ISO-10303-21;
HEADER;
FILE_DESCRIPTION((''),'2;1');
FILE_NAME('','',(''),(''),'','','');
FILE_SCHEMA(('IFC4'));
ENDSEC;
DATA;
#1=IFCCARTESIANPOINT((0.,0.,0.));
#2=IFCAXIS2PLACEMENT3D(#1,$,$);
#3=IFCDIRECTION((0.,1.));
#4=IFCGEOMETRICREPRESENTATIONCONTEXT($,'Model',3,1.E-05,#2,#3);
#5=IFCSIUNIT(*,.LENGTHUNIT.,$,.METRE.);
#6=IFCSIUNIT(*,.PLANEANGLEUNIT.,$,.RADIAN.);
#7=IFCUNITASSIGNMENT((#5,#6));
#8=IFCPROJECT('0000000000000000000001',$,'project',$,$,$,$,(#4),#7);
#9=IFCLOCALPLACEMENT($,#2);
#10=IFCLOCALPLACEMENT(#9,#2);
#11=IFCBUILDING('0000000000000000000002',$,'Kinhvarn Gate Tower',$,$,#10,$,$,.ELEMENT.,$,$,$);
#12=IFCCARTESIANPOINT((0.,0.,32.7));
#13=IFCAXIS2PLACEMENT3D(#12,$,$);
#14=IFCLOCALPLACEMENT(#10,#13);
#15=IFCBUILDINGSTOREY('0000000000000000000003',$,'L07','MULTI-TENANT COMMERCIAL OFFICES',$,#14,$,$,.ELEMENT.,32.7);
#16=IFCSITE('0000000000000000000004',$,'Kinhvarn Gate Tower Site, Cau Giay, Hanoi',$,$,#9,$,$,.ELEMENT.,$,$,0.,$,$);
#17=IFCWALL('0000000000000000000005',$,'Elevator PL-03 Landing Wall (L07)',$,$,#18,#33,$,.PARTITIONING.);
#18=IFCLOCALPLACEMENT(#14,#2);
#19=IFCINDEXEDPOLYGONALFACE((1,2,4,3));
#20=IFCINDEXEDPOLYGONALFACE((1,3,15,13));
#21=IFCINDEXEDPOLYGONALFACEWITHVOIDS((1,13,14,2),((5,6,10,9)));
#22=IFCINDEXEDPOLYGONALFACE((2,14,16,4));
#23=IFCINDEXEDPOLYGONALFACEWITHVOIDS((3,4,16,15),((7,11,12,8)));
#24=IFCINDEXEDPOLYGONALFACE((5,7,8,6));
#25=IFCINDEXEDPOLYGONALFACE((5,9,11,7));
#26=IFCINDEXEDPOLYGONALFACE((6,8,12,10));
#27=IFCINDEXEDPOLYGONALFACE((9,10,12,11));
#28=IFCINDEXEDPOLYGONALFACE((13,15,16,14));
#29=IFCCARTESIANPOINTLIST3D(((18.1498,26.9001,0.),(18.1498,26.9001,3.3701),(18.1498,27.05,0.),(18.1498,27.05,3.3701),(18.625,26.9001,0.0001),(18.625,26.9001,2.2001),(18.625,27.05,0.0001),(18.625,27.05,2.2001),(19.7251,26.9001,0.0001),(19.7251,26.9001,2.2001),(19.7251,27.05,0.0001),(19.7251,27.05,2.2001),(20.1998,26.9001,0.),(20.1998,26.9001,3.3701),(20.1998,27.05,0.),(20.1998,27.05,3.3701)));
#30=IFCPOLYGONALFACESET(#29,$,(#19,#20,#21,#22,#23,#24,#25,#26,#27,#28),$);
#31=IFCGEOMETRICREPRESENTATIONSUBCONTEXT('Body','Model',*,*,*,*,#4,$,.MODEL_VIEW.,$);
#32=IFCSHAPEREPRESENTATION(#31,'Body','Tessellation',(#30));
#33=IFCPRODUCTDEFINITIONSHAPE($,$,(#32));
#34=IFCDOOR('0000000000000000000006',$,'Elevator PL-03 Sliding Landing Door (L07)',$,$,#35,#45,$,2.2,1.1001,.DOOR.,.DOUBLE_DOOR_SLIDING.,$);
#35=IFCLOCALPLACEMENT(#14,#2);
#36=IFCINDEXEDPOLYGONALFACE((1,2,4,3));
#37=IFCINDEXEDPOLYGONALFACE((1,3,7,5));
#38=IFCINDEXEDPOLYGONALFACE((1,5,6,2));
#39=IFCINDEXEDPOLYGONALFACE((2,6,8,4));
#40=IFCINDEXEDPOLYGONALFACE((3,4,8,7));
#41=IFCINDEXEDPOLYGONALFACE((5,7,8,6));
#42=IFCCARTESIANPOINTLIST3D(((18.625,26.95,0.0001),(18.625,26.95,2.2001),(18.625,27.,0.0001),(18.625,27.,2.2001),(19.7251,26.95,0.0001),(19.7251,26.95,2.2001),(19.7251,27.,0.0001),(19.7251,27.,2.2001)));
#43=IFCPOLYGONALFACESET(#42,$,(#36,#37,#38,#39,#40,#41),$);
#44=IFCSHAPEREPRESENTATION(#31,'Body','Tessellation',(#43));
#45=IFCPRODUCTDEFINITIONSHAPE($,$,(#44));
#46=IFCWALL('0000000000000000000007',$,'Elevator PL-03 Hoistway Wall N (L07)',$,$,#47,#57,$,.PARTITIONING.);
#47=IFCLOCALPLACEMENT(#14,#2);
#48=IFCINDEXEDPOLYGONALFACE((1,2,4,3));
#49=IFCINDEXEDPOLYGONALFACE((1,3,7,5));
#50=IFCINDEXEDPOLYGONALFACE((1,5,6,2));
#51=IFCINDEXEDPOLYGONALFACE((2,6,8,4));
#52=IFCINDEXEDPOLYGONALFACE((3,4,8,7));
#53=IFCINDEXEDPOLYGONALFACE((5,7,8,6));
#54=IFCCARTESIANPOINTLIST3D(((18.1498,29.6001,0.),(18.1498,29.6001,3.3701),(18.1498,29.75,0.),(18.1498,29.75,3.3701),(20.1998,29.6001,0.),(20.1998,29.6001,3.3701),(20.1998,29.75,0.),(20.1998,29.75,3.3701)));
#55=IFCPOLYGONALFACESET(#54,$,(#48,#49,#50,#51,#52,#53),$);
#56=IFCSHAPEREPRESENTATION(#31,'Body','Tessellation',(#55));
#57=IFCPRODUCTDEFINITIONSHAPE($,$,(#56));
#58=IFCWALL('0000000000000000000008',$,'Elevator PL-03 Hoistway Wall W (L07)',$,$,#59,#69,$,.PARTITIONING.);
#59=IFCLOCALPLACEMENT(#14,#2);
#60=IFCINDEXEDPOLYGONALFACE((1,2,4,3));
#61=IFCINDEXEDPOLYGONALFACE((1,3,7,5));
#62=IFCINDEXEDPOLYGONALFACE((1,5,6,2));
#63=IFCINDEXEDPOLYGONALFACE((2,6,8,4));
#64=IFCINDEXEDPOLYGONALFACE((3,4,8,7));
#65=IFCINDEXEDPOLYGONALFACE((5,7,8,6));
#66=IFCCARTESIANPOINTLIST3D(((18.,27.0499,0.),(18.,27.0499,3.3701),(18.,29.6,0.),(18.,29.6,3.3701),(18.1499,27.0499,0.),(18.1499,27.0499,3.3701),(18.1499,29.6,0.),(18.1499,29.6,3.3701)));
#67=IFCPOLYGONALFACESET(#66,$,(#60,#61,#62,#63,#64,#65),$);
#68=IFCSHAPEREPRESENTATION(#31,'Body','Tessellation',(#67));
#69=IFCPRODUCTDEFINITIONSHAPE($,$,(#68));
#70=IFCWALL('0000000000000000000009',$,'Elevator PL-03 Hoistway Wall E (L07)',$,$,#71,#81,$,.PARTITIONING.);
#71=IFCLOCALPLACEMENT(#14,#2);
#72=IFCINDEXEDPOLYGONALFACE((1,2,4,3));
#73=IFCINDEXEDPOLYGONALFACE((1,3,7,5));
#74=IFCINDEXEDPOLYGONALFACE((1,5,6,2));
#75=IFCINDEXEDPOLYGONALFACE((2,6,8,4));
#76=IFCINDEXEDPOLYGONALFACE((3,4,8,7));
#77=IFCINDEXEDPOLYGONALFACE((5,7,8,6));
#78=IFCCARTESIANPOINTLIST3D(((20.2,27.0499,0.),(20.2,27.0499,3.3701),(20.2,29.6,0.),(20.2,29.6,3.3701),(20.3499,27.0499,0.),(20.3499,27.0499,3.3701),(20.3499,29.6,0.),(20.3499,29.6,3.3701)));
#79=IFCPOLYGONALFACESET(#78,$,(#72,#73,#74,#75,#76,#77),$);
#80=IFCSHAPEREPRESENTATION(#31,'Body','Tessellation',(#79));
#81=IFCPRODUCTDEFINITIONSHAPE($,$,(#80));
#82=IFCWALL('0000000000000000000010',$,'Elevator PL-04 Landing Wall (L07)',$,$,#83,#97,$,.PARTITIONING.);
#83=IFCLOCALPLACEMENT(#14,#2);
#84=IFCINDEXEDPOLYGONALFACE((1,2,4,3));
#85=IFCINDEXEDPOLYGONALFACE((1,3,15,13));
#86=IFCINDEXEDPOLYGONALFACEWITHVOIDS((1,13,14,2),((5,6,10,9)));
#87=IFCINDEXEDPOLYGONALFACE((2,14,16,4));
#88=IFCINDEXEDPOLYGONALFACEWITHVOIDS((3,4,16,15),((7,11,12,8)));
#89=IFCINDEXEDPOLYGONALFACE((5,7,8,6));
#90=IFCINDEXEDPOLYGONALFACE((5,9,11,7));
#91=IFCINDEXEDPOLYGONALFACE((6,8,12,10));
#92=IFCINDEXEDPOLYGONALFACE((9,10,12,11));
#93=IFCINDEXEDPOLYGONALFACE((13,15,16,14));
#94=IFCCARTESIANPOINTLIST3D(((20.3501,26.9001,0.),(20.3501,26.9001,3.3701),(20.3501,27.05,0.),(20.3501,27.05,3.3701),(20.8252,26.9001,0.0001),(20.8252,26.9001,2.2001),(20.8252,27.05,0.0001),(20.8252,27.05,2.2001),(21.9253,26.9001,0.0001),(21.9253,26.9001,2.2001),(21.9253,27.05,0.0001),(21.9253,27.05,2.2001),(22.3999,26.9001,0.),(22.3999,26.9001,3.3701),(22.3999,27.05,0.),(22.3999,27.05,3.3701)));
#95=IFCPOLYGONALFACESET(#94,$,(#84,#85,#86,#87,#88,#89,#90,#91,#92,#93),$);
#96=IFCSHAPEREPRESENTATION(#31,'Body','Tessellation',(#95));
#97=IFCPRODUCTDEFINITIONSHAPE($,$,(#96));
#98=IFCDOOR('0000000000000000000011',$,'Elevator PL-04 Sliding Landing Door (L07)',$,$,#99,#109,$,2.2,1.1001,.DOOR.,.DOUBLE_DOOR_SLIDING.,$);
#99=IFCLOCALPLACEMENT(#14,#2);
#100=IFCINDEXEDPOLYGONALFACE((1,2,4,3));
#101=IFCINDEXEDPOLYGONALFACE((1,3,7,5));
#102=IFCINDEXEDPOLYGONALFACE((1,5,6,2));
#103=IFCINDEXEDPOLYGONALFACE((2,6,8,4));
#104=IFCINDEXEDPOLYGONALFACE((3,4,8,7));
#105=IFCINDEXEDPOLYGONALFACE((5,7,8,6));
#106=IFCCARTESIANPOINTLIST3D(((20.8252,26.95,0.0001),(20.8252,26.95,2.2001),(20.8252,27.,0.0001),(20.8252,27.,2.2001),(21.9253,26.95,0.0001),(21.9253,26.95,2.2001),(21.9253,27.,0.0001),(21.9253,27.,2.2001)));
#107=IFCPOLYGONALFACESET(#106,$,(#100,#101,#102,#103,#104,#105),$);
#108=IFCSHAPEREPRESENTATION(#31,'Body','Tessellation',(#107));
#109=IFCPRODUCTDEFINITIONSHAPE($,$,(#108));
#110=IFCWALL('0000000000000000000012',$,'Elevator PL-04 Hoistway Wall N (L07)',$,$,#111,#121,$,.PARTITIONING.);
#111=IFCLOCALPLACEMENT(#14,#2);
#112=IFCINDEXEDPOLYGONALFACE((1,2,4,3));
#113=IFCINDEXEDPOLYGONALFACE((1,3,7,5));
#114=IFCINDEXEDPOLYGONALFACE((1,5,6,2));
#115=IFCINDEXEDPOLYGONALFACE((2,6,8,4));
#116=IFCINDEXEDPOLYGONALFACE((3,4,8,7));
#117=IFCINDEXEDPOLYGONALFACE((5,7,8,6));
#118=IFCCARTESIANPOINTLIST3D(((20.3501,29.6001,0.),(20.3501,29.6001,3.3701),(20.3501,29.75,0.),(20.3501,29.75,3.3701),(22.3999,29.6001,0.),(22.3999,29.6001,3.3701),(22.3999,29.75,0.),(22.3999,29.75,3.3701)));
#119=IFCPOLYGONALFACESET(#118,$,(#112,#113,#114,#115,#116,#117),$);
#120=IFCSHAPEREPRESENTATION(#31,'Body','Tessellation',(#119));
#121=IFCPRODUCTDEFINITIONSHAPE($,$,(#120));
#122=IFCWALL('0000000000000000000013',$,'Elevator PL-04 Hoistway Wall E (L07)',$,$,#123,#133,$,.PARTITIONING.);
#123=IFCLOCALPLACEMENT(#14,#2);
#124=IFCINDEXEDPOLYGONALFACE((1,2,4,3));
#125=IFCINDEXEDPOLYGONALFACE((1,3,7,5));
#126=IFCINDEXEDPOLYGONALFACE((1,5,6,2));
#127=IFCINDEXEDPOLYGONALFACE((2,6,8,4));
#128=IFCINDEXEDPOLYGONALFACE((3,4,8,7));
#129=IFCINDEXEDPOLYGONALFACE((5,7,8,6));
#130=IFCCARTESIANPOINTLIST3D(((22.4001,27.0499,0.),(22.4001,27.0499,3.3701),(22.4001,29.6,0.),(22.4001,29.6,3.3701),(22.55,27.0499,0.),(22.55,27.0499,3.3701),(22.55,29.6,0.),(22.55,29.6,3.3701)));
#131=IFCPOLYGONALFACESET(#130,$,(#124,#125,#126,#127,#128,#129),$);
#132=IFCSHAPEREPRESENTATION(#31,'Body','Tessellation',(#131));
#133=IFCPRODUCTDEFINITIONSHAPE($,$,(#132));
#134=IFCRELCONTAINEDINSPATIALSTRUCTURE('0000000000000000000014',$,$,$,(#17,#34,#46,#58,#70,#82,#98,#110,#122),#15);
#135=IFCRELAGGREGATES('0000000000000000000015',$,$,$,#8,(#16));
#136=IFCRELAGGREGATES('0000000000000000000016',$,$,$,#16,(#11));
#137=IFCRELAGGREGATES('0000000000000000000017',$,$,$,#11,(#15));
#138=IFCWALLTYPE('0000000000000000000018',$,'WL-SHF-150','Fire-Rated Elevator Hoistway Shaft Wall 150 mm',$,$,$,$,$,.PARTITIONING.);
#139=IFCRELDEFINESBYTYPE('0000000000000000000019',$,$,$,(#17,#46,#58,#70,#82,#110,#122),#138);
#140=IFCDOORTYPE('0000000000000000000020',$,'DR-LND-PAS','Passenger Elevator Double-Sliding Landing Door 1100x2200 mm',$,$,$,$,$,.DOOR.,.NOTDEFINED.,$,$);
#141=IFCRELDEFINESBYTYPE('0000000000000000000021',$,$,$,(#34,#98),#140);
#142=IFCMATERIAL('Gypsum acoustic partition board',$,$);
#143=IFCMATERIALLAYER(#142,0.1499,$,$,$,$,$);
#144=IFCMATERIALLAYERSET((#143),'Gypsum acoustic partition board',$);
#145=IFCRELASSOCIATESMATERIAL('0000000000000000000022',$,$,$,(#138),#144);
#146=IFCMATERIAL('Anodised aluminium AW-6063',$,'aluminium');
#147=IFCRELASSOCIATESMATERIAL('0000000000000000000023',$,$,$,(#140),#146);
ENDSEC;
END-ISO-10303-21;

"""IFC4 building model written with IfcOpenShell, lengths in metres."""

from ifc_helpers import new_model, si_unit, direction, frame, frame_2d, origin, place, context, subcontext, project, spatial, rectangle, extrude, material, layer, layer_set, type_object, element, fill, save


model = new_model("IFC4")

# Units and contexts
model_context = context("Model", 3, precision=1e-05, world=origin(), true_north=direction((0.0, 1.0)))
body_context = subcontext(model_context, "Body", "Model", "MODEL_VIEW")
ifc_project = project(units=[si_unit("LENGTHUNIT", "METRE"), si_unit("PLANEANGLEUNIT", "RADIAN")], contexts=[model_context])

# Site, building, storey
site_placement = place(None, origin())
site = spatial("IfcSite", under=ifc_project, at=site_placement, Name="Kinhvarn Gate Tower Site, Cau Giay, Hanoi", CompositionType="ELEMENT", RefElevation=0.0)
building_placement = place(site_placement, origin())
building = spatial("IfcBuilding", under=site, at=building_placement, Name="Kinhvarn Gate Tower", CompositionType="ELEMENT")
storey_placement = place(building_placement, frame((0.0, 0.0, 32.7)))
storey = spatial("IfcBuildingStorey", under=building, at=storey_placement, Name="L07", Description="MULTI-TENANT COMMERCIAL OFFICES", CompositionType="ELEMENT", Elevation=32.7)

# Shared definitions
ifc_material_1 = material(Name="Anodised aluminium AW-6063", Category="aluminium")

# Shared definitions
ifc_material_2 = material(Name="Gypsum acoustic partition board")

# Wall, opening, door
ifc_layer_1 = layer(ifc_material_2, 0.1499)
ifc_layer_set_1 = layer_set([ifc_layer_1], Name="Gypsum acoustic partition board")
wall_type_1 = type_object("IfcWallType", Name="WL-SHF-150", Description="Fire-Rated Elevator Hoistway Shaft Wall 150 mm", PredefinedType="PARTITIONING", material=ifc_layer_set_1)
wall_1_placement = place(storey_placement, frame((18.1499, 26.9751, 0.0), z_axis=(0.0, 0.0, 1.0), x_axis=(1.0, 0.0, 0.0)))
wall_1 = element("IfcWall", 1, at=wall_1_placement, inside=storey, type_object=wall_type_1, Name="Elevator PL-03 Landing Wall (L07)", PredefinedType="PARTITIONING", context=body_context, shape_type="SweptSolid", body=[
    extrude(rectangle(XDim=2.05, YDim=0.1499, at=frame_2d((1.0249, 0.0))), origin(), (0.0, 0.0, 1.0), 3.3701),
])
opening_1_placement = place(wall_1_placement, frame((0.4751, 0.0, 0.0)))
opening_1 = element("IfcOpeningElement", 2, at=opening_1_placement, cuts=wall_1, PredefinedType="OPENING", context=body_context, shape_type="SweptSolid", body=[
    extrude(rectangle(XDim=1.1001, YDim=2.2, at=frame_2d((0.55, 1.1001))), frame((0.0, 0.085, 0.0), z_axis=(0.0, -1.0, 0.0), x_axis=(1.0, 0.0, 0.0)), (0.0, 0.0, 1.0), 0.1699),
])
door_type_1 = type_object("IfcDoorType", Name="DR-LND-PAS", Description="Passenger Elevator Double-Sliding Landing Door 1100x2200 mm", OperationType="NOTDEFINED", PredefinedType="DOOR", material=ifc_material_1)
door_1_placement = place(opening_1_placement, origin())
door_1 = element("IfcDoor", 3, at=door_1_placement, inside=storey, type_object=door_type_1, Name="Elevator PL-03 Sliding Landing Door (L07)", OperationType="DOUBLE_DOOR_SLIDING", OverallHeight=2.2, OverallWidth=1.1001, PredefinedType="DOOR", context=body_context, shape_type="SweptSolid", body=[
    extrude(rectangle(XDim=1.1001, YDim=2.2, at=frame_2d((0.55, 1.1001))), frame((0.0, 0.0249, 0.0), z_axis=(0.0, -1.0, 0.0), x_axis=(1.0, 0.0, 0.0)), (0.0, 0.0, 1.0), 0.05),
])
fill(opening_1, door_1)

# Walls
wall_2_placement = place(storey_placement, frame((18.1499, 29.675, 0.0), z_axis=(0.0, 0.0, 1.0), x_axis=(1.0, 0.0, 0.0)))
element("IfcWall", 4, at=wall_2_placement, inside=storey, type_object=wall_type_1, Name="Elevator PL-03 Hoistway Wall N (L07)", PredefinedType="PARTITIONING", context=body_context, shape_type="SweptSolid", body=[
    extrude(rectangle(XDim=2.05, YDim=0.1499, at=frame_2d((1.0249, 0.0))), origin(), (0.0, 0.0, 1.0), 3.3701),
])
for number, where, z_axis, x_axis, name in (
    (5, (18.075, 27.05, 0.0), (0.0, 0.0, 1.0), (0.0, 1.0, 0.0), "Elevator PL-03 Hoistway Wall W (L07)"),
    (6, (20.2749, 27.05, 0.0), (0.0, 0.0, 1.0), (0.0, 1.0, 0.0), "Elevator PL-03 Hoistway Wall E (L07)"),
):
    element("IfcWall", number, at=place(storey_placement, frame(where, z_axis=z_axis, x_axis=x_axis)), inside=storey, type_object=wall_type_1, Name=name, PredefinedType="PARTITIONING", context=body_context, shape_type="SweptSolid", body=[
        extrude(rectangle(XDim=2.55, YDim=0.1499, at=frame_2d((1.2749, 0.0))), origin(), (0.0, 0.0, 1.0), 3.3701),
    ])

# Wall, opening, door
wall_3_placement = place(storey_placement, frame((20.3501, 26.9751, 0.0), z_axis=(0.0, 0.0, 1.0), x_axis=(1.0, 0.0, 0.0)))
wall_3 = element("IfcWall", 7, at=wall_3_placement, inside=storey, type_object=wall_type_1, Name="Elevator PL-04 Landing Wall (L07)", PredefinedType="PARTITIONING", context=body_context, shape_type="SweptSolid", body=[
    extrude(rectangle(XDim=2.0498, YDim=0.1499, at=frame_2d((1.0249, 0.0))), origin(), (0.0, 0.0, 1.0), 3.3701),
])
opening_2_placement = place(wall_3_placement, frame((0.4751, 0.0, 0.0)))
opening_2 = element("IfcOpeningElement", 8, at=opening_2_placement, cuts=wall_3, PredefinedType="OPENING", context=body_context, shape_type="SweptSolid", body=[
    extrude(rectangle(XDim=1.1001, YDim=2.2, at=frame_2d((0.55, 1.1001))), frame((0.0, 0.085, 0.0), z_axis=(0.0, -1.0, 0.0), x_axis=(1.0, 0.0, 0.0)), (0.0, 0.0, 1.0), 0.1699),
])
door_2_placement = place(opening_2_placement, origin())
door_2 = element("IfcDoor", 9, at=door_2_placement, inside=storey, type_object=door_type_1, Name="Elevator PL-04 Sliding Landing Door (L07)", OperationType="DOUBLE_DOOR_SLIDING", OverallHeight=2.2, OverallWidth=1.1001, PredefinedType="DOOR", context=body_context, shape_type="SweptSolid", body=[
    extrude(rectangle(XDim=1.1001, YDim=2.2, at=frame_2d((0.55, 1.1001))), frame((0.0, 0.0249, 0.0), z_axis=(0.0, -1.0, 0.0), x_axis=(1.0, 0.0, 0.0)), (0.0, 0.0, 1.0), 0.05),
])
fill(opening_2, door_2)

# Walls
wall_4_placement = place(storey_placement, frame((20.3501, 29.675, 0.0), z_axis=(0.0, 0.0, 1.0), x_axis=(1.0, 0.0, 0.0)))
element("IfcWall", 10, at=wall_4_placement, inside=storey, type_object=wall_type_1, Name="Elevator PL-04 Hoistway Wall N (L07)", PredefinedType="PARTITIONING", context=body_context, shape_type="SweptSolid", body=[
    extrude(rectangle(XDim=2.0498, YDim=0.1499, at=frame_2d((1.0249, 0.0))), origin(), (0.0, 0.0, 1.0), 3.3701),
])
wall_5_placement = place(storey_placement, frame((22.4751, 27.05, 0.0), z_axis=(0.0, 0.0, 1.0), x_axis=(0.0, 1.0, 0.0)))
element("IfcWall", 11, at=wall_5_placement, inside=storey, type_object=wall_type_1, Name="Elevator PL-04 Hoistway Wall E (L07)", PredefinedType="PARTITIONING", context=body_context, shape_type="SweptSolid", body=[
    extrude(rectangle(XDim=2.55, YDim=0.1499, at=frame_2d((1.2749, 0.0))), origin(), (0.0, 0.0, 1.0), 3.3701),
])

save(model, "model.ifc")
